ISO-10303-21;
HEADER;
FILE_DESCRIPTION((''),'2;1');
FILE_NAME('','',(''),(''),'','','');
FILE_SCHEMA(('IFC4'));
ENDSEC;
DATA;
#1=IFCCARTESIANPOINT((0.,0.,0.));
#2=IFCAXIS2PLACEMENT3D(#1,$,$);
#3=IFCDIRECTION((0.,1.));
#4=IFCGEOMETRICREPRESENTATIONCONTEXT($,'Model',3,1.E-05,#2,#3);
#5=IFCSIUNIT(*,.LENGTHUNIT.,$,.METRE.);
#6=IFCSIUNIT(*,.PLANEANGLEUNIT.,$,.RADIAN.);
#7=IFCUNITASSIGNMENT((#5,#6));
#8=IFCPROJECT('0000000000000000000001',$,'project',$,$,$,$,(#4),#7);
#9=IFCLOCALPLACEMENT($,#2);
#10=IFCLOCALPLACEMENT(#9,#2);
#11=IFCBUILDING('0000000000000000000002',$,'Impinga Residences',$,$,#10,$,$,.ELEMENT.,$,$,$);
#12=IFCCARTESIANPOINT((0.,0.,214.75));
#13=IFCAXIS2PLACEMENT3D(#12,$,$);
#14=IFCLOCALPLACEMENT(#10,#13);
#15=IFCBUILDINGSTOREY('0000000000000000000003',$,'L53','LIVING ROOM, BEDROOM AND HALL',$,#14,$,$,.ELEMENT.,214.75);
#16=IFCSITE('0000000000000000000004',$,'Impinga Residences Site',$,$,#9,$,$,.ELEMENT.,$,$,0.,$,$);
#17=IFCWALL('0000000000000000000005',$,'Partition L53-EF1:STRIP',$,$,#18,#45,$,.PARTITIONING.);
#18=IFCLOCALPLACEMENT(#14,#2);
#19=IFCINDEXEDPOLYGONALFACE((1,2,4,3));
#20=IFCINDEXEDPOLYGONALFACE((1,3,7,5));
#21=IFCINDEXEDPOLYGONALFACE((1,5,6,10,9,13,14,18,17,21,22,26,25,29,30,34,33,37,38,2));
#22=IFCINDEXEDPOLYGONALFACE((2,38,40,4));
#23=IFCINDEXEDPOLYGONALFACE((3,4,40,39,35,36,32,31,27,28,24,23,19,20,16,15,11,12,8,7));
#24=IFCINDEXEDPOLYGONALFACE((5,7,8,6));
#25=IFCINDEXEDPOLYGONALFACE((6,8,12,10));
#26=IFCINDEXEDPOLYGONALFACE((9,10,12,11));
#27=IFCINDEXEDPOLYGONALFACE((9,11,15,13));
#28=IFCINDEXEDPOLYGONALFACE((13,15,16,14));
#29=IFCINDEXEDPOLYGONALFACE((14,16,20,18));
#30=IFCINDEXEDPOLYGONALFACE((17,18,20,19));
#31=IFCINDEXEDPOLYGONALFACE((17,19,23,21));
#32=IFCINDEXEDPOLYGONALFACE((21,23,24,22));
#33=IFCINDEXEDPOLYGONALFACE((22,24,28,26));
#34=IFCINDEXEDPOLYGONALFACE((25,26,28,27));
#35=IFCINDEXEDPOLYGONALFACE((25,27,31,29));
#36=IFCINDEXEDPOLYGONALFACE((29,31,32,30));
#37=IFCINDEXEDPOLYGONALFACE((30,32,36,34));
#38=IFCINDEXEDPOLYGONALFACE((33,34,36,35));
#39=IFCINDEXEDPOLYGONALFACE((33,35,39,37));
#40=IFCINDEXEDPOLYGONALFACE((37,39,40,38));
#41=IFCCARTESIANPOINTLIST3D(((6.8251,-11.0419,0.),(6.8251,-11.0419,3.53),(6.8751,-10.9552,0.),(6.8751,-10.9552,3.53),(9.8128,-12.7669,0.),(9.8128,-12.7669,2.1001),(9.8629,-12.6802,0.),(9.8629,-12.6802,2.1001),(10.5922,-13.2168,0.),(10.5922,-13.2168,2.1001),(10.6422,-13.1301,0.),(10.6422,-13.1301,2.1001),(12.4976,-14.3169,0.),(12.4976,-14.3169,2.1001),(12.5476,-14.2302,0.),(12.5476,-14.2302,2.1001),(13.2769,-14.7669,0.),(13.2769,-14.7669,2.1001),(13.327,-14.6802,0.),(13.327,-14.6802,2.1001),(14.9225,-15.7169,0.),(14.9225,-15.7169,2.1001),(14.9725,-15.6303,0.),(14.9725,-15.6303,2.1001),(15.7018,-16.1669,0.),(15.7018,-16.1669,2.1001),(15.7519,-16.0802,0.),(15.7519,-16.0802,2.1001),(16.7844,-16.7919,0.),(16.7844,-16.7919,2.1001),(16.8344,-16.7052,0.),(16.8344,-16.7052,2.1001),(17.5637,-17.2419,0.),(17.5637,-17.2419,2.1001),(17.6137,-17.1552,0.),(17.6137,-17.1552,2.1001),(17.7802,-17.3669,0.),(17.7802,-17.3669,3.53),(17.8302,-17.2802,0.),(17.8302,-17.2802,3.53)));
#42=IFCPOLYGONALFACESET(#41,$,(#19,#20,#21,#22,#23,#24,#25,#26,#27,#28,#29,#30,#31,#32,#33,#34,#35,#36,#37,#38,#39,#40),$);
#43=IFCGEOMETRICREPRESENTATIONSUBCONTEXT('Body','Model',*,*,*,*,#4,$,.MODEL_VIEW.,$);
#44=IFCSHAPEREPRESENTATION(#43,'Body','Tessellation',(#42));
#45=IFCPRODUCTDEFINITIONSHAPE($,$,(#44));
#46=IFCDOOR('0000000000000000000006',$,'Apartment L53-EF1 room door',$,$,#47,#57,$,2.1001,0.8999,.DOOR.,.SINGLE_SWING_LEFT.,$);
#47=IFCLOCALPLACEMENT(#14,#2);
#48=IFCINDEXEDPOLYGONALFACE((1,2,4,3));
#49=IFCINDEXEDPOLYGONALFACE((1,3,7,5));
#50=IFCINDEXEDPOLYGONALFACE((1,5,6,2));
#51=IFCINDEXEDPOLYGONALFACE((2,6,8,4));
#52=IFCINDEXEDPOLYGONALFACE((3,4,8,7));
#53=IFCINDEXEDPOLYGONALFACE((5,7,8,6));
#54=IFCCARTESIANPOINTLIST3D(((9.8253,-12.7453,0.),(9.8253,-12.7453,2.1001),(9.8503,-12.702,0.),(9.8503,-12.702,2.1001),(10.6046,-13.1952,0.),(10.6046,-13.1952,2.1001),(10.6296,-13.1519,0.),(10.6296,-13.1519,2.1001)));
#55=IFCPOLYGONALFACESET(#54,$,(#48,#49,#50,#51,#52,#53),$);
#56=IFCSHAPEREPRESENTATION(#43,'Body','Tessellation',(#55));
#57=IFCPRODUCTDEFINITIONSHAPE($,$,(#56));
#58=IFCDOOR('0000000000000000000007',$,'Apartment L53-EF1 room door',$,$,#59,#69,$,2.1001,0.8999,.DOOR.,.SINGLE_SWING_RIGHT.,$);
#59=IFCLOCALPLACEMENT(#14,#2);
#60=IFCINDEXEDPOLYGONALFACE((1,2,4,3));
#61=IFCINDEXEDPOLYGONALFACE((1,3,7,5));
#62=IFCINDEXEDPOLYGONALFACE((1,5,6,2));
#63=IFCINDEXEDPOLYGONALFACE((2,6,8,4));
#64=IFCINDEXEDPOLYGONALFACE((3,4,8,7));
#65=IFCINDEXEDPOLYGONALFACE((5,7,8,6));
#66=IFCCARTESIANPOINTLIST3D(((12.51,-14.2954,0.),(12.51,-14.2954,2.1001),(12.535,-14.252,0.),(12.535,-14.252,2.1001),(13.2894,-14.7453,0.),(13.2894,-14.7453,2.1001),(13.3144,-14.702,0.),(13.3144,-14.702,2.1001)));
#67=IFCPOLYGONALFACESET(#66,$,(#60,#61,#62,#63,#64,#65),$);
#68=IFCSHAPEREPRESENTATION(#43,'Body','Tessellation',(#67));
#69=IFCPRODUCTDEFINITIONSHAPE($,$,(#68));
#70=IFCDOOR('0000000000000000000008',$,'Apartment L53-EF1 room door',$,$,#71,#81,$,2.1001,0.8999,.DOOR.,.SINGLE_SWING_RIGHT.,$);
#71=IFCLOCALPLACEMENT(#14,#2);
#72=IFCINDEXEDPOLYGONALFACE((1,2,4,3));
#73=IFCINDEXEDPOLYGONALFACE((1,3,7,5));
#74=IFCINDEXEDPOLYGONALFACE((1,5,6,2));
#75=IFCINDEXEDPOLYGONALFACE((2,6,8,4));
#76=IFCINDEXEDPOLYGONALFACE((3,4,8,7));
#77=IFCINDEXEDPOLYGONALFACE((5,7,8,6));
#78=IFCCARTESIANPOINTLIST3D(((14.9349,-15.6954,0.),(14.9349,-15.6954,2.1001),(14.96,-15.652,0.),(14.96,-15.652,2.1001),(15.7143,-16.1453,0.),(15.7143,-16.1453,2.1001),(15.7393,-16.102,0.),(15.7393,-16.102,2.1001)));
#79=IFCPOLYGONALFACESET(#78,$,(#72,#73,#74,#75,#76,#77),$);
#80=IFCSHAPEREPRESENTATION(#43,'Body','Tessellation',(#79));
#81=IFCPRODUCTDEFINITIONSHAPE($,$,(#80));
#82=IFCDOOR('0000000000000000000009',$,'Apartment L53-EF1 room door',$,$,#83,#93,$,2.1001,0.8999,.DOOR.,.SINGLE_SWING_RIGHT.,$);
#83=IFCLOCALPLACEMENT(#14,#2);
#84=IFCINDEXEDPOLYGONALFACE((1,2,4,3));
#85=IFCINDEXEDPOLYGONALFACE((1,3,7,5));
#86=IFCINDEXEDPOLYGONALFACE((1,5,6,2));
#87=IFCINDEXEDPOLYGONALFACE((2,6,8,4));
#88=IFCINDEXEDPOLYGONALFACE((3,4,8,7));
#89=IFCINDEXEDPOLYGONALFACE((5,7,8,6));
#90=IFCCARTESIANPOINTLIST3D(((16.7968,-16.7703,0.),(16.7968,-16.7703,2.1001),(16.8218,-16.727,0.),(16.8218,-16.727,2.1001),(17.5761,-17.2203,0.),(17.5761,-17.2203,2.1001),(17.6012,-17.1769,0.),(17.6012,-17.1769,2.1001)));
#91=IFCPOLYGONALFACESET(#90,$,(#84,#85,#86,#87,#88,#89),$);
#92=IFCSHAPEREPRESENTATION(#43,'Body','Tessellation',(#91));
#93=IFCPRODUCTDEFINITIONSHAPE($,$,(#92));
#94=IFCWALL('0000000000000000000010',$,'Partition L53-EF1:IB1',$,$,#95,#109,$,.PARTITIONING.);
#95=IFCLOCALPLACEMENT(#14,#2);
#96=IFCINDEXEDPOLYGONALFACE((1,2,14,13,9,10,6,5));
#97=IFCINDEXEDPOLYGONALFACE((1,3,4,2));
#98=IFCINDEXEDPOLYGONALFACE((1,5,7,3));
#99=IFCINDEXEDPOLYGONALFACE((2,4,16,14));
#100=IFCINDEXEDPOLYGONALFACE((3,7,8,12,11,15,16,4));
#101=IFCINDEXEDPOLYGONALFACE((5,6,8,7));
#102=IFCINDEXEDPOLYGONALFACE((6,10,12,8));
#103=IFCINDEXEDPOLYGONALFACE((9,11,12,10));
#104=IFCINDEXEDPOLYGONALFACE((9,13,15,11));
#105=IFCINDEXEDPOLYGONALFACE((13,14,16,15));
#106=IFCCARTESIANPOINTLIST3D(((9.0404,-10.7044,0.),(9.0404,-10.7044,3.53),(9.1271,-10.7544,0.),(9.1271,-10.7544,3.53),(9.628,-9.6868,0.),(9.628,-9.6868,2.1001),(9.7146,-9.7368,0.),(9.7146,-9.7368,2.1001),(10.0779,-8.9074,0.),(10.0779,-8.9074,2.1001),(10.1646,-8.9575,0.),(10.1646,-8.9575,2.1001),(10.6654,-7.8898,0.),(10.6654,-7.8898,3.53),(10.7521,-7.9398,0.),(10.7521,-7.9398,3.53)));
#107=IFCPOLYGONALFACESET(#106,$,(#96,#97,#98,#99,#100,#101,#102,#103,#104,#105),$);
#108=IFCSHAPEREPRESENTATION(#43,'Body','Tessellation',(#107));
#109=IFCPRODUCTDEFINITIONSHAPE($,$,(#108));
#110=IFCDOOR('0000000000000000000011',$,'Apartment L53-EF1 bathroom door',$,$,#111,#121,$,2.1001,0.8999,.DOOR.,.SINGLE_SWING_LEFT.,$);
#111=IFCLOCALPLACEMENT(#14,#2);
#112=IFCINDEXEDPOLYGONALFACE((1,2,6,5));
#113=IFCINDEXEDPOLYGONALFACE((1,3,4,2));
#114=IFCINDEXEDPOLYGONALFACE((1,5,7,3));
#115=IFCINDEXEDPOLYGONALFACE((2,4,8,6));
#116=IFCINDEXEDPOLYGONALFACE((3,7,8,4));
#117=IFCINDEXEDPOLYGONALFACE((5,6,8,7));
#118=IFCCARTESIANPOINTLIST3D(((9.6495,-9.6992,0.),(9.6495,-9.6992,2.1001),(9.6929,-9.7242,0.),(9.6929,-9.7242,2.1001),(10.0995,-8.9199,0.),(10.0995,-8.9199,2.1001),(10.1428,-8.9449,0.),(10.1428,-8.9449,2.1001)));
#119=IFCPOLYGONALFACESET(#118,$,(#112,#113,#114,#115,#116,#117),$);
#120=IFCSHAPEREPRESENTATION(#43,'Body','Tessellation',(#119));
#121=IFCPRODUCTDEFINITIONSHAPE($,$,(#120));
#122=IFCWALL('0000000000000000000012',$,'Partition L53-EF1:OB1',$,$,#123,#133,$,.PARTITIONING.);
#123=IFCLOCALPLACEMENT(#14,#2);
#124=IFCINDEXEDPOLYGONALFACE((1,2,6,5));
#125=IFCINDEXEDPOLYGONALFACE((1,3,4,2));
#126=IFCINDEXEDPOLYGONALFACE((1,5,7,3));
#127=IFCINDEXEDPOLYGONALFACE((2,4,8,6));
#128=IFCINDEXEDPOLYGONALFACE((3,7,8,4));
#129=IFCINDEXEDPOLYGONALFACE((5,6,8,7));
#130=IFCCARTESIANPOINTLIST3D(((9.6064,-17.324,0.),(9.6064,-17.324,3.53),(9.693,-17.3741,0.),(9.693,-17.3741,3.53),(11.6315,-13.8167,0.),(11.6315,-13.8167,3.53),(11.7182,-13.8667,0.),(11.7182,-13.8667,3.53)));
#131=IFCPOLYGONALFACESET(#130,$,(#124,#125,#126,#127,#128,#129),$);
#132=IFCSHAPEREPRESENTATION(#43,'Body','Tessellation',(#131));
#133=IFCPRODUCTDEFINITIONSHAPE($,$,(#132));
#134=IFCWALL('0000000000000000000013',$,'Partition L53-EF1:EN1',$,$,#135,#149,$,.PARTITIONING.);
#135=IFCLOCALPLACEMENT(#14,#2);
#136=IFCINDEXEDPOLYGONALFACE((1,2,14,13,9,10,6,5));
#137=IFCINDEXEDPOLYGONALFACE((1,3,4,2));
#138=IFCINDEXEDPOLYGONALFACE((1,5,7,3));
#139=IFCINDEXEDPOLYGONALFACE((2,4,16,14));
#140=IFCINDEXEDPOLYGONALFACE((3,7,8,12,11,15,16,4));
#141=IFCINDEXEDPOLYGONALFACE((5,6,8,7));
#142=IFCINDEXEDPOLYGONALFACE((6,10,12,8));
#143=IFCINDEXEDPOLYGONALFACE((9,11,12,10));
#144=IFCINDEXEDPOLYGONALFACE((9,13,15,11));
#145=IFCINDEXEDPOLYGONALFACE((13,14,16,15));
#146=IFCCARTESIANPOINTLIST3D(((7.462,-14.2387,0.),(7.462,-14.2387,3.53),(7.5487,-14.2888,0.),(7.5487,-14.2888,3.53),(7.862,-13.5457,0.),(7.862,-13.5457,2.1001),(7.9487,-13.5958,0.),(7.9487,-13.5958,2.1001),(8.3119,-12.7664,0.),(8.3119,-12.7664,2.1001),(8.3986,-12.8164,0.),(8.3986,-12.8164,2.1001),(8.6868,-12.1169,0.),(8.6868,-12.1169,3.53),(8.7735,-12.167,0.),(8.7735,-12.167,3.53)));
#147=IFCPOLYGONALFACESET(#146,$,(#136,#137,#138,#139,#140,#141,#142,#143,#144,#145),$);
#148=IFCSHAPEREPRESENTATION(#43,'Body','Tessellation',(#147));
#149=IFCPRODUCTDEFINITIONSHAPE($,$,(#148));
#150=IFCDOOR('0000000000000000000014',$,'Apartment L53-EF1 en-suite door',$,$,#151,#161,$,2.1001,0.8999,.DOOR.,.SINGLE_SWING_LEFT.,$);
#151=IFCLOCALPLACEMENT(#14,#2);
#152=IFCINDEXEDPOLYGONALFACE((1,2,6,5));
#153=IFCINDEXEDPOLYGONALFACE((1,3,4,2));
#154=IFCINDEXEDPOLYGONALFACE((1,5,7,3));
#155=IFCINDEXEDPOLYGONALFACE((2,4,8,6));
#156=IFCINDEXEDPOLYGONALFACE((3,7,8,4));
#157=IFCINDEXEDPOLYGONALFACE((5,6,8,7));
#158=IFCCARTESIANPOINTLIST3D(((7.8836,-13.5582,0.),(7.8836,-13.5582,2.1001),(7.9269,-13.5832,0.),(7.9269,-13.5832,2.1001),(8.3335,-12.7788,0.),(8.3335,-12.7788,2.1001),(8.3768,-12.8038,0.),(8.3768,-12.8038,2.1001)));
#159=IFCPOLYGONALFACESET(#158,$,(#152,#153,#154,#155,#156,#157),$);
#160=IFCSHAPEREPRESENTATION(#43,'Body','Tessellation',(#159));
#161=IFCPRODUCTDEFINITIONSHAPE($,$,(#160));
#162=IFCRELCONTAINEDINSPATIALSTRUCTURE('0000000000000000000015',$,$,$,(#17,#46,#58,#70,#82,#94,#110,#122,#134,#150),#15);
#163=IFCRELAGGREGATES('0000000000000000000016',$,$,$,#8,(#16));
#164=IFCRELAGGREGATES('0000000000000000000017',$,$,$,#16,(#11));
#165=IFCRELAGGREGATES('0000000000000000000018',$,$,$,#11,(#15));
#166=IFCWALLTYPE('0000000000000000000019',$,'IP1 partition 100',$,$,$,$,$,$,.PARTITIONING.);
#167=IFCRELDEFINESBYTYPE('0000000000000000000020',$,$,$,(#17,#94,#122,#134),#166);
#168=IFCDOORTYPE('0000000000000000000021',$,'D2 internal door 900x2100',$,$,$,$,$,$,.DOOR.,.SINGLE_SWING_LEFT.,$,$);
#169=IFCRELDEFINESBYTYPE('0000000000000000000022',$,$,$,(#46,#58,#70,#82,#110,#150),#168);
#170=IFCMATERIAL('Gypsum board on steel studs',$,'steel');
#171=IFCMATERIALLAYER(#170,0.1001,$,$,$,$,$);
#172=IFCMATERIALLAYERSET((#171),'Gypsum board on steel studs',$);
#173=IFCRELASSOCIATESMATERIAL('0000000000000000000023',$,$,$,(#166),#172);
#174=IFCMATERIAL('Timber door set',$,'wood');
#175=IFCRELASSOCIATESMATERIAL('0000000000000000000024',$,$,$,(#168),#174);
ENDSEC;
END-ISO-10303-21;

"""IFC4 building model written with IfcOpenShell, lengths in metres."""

from ifc_helpers import new_model, si_unit, direction, frame, frame_2d, origin, place, context, subcontext, project, spatial, rectangle, extrude, material, layer, layer_set, type_object, element, fill, save


model = new_model("IFC4")

# Units and contexts
model_context = context("Model", 3, precision=1e-05, world=origin(), true_north=direction((0.0, 1.0)))
body_context = subcontext(model_context, "Body", "Model", "MODEL_VIEW")
ifc_project = project(units=[si_unit("LENGTHUNIT", "METRE"), si_unit("PLANEANGLEUNIT", "RADIAN")], contexts=[model_context])

# Site, building, storey
site_placement = place(None, origin())
site = spatial("IfcSite", under=ifc_project, at=site_placement, Name="Impinga Residences Site", CompositionType="ELEMENT", RefElevation=0.0)
building_placement = place(site_placement, origin())
building = spatial("IfcBuilding", under=site, at=building_placement, Name="Impinga Residences", CompositionType="ELEMENT")
storey_placement = place(building_placement, frame((0.0, 0.0, 214.75)))
storey = spatial("IfcBuildingStorey", under=building, at=storey_placement, Name="L53", Description="LIVING ROOM, BEDROOM AND HALL", CompositionType="ELEMENT", Elevation=214.75)

# Shared definitions
ifc_material_1 = material(Name="Timber door set", Category="wood")

# Shared definitions
ifc_material_2 = material(Name="Gypsum board on steel studs", Category="steel")
ifc_layer_1 = layer(ifc_material_2, 0.1001)
ifc_layer_set_1 = layer_set([ifc_layer_1], Name="Gypsum board on steel studs")
wall_type_1 = type_object("IfcWallType", Name="IP1 partition 100", PredefinedType="PARTITIONING", material=ifc_layer_set_1)
door_type_1 = type_object("IfcDoorType", Name="D2 internal door 900x2100", OperationType="SINGLE_SWING_LEFT", PredefinedType="DOOR", material=ifc_material_1)

# Wall, openings, doors
wall_1_placement = place(storey_placement, frame((6.8501, -10.9985, 0.0), z_axis=(0.0, 0.0, 1.0), x_axis=(0.866024, -0.500002, 0.0)))
wall_1 = element("IfcWall", 1, at=wall_1_placement, inside=storey, type_object=wall_type_1, Name="Partition L53-EF1:STRIP", PredefinedType="PARTITIONING", context=body_context, shape_type="SweptSolid", body=[
    extrude(rectangle(XDim=12.6499, YDim=0.1001, at=frame_2d((6.325, 0.0))), origin(), (0.0, 0.0, 1.0), 3.53),
])
opening_1_placement = place(wall_1_placement, frame((3.45, 0.0, 0.0)))
opening_1 = element("IfcOpeningElement", 2, at=opening_1_placement, cuts=wall_1, PredefinedType="OPENING", context=body_context, shape_type="SweptSolid", body=[
    extrude(rectangle(XDim=0.8999, YDim=2.1001, at=frame_2d((0.45, 1.05))), frame((0.0, 0.0601, 0.0), z_axis=(0.0, -1.0, 0.0), x_axis=(1.0, 0.0, 0.0)), (0.0, 0.0, 1.0), 0.1201),
])
opening_2_placement = place(wall_1_placement, frame((6.55, 0.0, 0.0)))
opening_2 = element("IfcOpeningElement", 3, at=opening_2_placement, cuts=wall_1, PredefinedType="OPENING", context=body_context, shape_type="SweptSolid", body=[
    extrude(rectangle(XDim=0.8999, YDim=2.1001, at=frame_2d((0.45, 1.05))), frame((0.0, 0.0601, 0.0), z_axis=(0.0, -1.0, 0.0), x_axis=(1.0, 0.0, 0.0)), (0.0, 0.0, 1.0), 0.1201),
])
opening_3_placement = place(wall_1_placement, frame((9.3501, 0.0, 0.0)))
opening_3 = element("IfcOpeningElement", 4, at=opening_3_placement, cuts=wall_1, PredefinedType="OPENING", context=body_context, shape_type="SweptSolid", body=[
    extrude(rectangle(XDim=0.8999, YDim=2.1001, at=frame_2d((0.45, 1.05))), frame((0.0, 0.0601, 0.0), z_axis=(0.0, -1.0, 0.0), x_axis=(1.0, 0.0, 0.0)), (0.0, 0.0, 1.0), 0.1201),
])
opening_4_placement = place(wall_1_placement, frame((11.5, 0.0, 0.0)))
opening_4 = element("IfcOpeningElement", 5, at=opening_4_placement, cuts=wall_1, PredefinedType="OPENING", context=body_context, shape_type="SweptSolid", body=[
    extrude(rectangle(XDim=0.8999, YDim=2.1001, at=frame_2d((0.45, 1.05))), frame((0.0, 0.0601, 0.0), z_axis=(0.0, -1.0, 0.0), x_axis=(1.0, 0.0, 0.0)), (0.0, 0.0, 1.0), 0.1201),
])
door_1_placement = place(opening_1_placement, origin())
door_1 = element("IfcDoor", 6, at=door_1_placement, inside=storey, type_object=door_type_1, Name="Apartment L53-EF1 room door", OperationType="SINGLE_SWING_LEFT", OverallHeight=2.1001, OverallWidth=0.8999, PredefinedType="DOOR", context=body_context, shape_type="SweptSolid", body=[
    extrude(rectangle(XDim=0.8999, YDim=2.1001, at=frame_2d((0.45, 1.05))), frame((0.0, 0.0249, 0.0), z_axis=(0.0, -1.0, 0.0), x_axis=(1.0, 0.0, 0.0)), (0.0, 0.0, 1.0), 0.05),
])
fill(opening_1, door_1)
door_2_placement = place(opening_2_placement, origin())
door_2 = element("IfcDoor", 7, at=door_2_placement, inside=storey, type_object=door_type_1, Name="Apartment L53-EF1 room door", OperationType="SINGLE_SWING_RIGHT", OverallHeight=2.1001, OverallWidth=0.8999, PredefinedType="DOOR", context=body_context, shape_type="SweptSolid", body=[
    extrude(rectangle(XDim=0.8999, YDim=2.1001, at=frame_2d((0.45, 1.05))), frame((0.0, 0.0249, 0.0), z_axis=(0.0, -1.0, 0.0), x_axis=(1.0, 0.0, 0.0)), (0.0, 0.0, 1.0), 0.05),
])
fill(opening_2, door_2)
door_3_placement = place(opening_3_placement, origin())
door_3 = element("IfcDoor", 8, at=door_3_placement, inside=storey, type_object=door_type_1, Name="Apartment L53-EF1 room door", OperationType="SINGLE_SWING_RIGHT", OverallHeight=2.1001, OverallWidth=0.8999, PredefinedType="DOOR", context=body_context, shape_type="SweptSolid", body=[
    extrude(rectangle(XDim=0.8999, YDim=2.1001, at=frame_2d((0.45, 1.05))), frame((0.0, 0.0249, 0.0), z_axis=(0.0, -1.0, 0.0), x_axis=(1.0, 0.0, 0.0)), (0.0, 0.0, 1.0), 0.05),
])
fill(opening_3, door_3)
door_4_placement = place(opening_4_placement, origin())
door_4 = element("IfcDoor", 9, at=door_4_placement, inside=storey, type_object=door_type_1, Name="Apartment L53-EF1 room door", OperationType="SINGLE_SWING_RIGHT", OverallHeight=2.1001, OverallWidth=0.8999, PredefinedType="DOOR", context=body_context, shape_type="SweptSolid", body=[
    extrude(rectangle(XDim=0.8999, YDim=2.1001, at=frame_2d((0.45, 1.05))), frame((0.0, 0.0249, 0.0), z_axis=(0.0, -1.0, 0.0), x_axis=(1.0, 0.0, 0.0)), (0.0, 0.0, 1.0), 0.05),
])
fill(opening_4, door_4)

# Wall, opening, door
wall_2_placement = place(storey_placement, frame((10.7087, -7.9148, 0.0), z_axis=(0.0, 0.0, 1.0), x_axis=(-0.499985, -0.866034, 0.0)))
wall_2 = element("IfcWall", 10, at=wall_2_placement, inside=storey, type_object=wall_type_1, Name="Partition L53-EF1:IB1", PredefinedType="PARTITIONING", context=body_context, shape_type="SweptSolid", body=[
    extrude(rectangle(XDim=3.25, YDim=0.1001, at=frame_2d((1.625, 0.0))), origin(), (0.0, 0.0, 1.0), 3.53),
])
opening_5_placement = place(wall_2_placement, frame((1.175, 0.0, 0.0)))
opening_5 = element("IfcOpeningElement", 11, at=opening_5_placement, cuts=wall_2, PredefinedType="OPENING", context=body_context, shape_type="SweptSolid", body=[
    extrude(rectangle(XDim=0.8999, YDim=2.1001, at=frame_2d((0.45, 1.05))), frame((0.0, 0.0601, 0.0), z_axis=(0.0, -1.0, 0.0), x_axis=(1.0, 0.0, 0.0)), (0.0, 0.0, 1.0), 0.1201),
])
door_5_placement = place(opening_5_placement, origin())
door_5 = element("IfcDoor", 12, at=door_5_placement, inside=storey, type_object=door_type_1, Name="Apartment L53-EF1 bathroom door", OperationType="SINGLE_SWING_LEFT", OverallHeight=2.1001, OverallWidth=0.8999, PredefinedType="DOOR", context=body_context, shape_type="SweptSolid", body=[
    extrude(rectangle(XDim=0.8999, YDim=2.1001, at=frame_2d((0.45, 1.05))), frame((0.0, 0.0249, 0.0), z_axis=(0.0, -1.0, 0.0), x_axis=(1.0, 0.0, 0.0)), (0.0, 0.0, 1.0), 0.05),
])
fill(opening_5, door_5)

# Wall
wall_3_placement = place(storey_placement, frame((11.6748, -13.8418, 0.0), z_axis=(0.0, 0.0, 1.0), x_axis=(-0.500036, -0.866005, 0.0)))
element("IfcWall", 13, at=wall_3_placement, inside=storey, type_object=wall_type_1, Name="Partition L53-EF1:OB1", PredefinedType="PARTITIONING", context=body_context, shape_type="SweptSolid", body=[
    extrude(rectangle(XDim=4.05, YDim=0.1001, at=frame_2d((2.0249, 0.0))), origin(), (0.0, 0.0, 1.0), 3.53),
])

# Wall, opening, door
wall_4_placement = place(storey_placement, frame((8.7302, -12.1418, 0.0), z_axis=(0.0, 0.0, 1.0), x_axis=(-0.499944, -0.866058, 0.0)))
wall_4 = element("IfcWall", 14, at=wall_4_placement, inside=storey, type_object=wall_type_1, Name="Partition L53-EF1:EN1", PredefinedType="PARTITIONING", context=body_context, shape_type="SweptSolid", body=[
    extrude(rectangle(XDim=2.45, YDim=0.1001, at=frame_2d((1.2251, 0.0))), origin(), (0.0, 0.0, 1.0), 3.53),
])
opening_6_placement = place(wall_4_placement, frame((0.75, 0.0, 0.0)))
opening_6 = element("IfcOpeningElement", 15, at=opening_6_placement, cuts=wall_4, PredefinedType="OPENING", context=body_context, shape_type="SweptSolid", body=[
    extrude(rectangle(XDim=0.8999, YDim=2.1001, at=frame_2d((0.45, 1.05))), frame((0.0, 0.0601, 0.0), z_axis=(0.0, -1.0, 0.0), x_axis=(1.0, 0.0, 0.0)), (0.0, 0.0, 1.0), 0.1201),
])
door_6_placement = place(opening_6_placement, origin())
door_6 = element("IfcDoor", 16, at=door_6_placement, inside=storey, type_object=door_type_1, Name="Apartment L53-EF1 en-suite door", OperationType="SINGLE_SWING_LEFT", OverallHeight=2.1001, OverallWidth=0.8999, PredefinedType="DOOR", context=body_context, shape_type="SweptSolid", body=[
    extrude(rectangle(XDim=0.8999, YDim=2.1001, at=frame_2d((0.45, 1.05))), frame((0.0, 0.0249, 0.0), z_axis=(0.0, -1.0, 0.0), x_axis=(1.0, 0.0, 0.0)), (0.0, 0.0, 1.0), 0.05),
])
fill(opening_6, door_6)

save(model, "model.ifc")
